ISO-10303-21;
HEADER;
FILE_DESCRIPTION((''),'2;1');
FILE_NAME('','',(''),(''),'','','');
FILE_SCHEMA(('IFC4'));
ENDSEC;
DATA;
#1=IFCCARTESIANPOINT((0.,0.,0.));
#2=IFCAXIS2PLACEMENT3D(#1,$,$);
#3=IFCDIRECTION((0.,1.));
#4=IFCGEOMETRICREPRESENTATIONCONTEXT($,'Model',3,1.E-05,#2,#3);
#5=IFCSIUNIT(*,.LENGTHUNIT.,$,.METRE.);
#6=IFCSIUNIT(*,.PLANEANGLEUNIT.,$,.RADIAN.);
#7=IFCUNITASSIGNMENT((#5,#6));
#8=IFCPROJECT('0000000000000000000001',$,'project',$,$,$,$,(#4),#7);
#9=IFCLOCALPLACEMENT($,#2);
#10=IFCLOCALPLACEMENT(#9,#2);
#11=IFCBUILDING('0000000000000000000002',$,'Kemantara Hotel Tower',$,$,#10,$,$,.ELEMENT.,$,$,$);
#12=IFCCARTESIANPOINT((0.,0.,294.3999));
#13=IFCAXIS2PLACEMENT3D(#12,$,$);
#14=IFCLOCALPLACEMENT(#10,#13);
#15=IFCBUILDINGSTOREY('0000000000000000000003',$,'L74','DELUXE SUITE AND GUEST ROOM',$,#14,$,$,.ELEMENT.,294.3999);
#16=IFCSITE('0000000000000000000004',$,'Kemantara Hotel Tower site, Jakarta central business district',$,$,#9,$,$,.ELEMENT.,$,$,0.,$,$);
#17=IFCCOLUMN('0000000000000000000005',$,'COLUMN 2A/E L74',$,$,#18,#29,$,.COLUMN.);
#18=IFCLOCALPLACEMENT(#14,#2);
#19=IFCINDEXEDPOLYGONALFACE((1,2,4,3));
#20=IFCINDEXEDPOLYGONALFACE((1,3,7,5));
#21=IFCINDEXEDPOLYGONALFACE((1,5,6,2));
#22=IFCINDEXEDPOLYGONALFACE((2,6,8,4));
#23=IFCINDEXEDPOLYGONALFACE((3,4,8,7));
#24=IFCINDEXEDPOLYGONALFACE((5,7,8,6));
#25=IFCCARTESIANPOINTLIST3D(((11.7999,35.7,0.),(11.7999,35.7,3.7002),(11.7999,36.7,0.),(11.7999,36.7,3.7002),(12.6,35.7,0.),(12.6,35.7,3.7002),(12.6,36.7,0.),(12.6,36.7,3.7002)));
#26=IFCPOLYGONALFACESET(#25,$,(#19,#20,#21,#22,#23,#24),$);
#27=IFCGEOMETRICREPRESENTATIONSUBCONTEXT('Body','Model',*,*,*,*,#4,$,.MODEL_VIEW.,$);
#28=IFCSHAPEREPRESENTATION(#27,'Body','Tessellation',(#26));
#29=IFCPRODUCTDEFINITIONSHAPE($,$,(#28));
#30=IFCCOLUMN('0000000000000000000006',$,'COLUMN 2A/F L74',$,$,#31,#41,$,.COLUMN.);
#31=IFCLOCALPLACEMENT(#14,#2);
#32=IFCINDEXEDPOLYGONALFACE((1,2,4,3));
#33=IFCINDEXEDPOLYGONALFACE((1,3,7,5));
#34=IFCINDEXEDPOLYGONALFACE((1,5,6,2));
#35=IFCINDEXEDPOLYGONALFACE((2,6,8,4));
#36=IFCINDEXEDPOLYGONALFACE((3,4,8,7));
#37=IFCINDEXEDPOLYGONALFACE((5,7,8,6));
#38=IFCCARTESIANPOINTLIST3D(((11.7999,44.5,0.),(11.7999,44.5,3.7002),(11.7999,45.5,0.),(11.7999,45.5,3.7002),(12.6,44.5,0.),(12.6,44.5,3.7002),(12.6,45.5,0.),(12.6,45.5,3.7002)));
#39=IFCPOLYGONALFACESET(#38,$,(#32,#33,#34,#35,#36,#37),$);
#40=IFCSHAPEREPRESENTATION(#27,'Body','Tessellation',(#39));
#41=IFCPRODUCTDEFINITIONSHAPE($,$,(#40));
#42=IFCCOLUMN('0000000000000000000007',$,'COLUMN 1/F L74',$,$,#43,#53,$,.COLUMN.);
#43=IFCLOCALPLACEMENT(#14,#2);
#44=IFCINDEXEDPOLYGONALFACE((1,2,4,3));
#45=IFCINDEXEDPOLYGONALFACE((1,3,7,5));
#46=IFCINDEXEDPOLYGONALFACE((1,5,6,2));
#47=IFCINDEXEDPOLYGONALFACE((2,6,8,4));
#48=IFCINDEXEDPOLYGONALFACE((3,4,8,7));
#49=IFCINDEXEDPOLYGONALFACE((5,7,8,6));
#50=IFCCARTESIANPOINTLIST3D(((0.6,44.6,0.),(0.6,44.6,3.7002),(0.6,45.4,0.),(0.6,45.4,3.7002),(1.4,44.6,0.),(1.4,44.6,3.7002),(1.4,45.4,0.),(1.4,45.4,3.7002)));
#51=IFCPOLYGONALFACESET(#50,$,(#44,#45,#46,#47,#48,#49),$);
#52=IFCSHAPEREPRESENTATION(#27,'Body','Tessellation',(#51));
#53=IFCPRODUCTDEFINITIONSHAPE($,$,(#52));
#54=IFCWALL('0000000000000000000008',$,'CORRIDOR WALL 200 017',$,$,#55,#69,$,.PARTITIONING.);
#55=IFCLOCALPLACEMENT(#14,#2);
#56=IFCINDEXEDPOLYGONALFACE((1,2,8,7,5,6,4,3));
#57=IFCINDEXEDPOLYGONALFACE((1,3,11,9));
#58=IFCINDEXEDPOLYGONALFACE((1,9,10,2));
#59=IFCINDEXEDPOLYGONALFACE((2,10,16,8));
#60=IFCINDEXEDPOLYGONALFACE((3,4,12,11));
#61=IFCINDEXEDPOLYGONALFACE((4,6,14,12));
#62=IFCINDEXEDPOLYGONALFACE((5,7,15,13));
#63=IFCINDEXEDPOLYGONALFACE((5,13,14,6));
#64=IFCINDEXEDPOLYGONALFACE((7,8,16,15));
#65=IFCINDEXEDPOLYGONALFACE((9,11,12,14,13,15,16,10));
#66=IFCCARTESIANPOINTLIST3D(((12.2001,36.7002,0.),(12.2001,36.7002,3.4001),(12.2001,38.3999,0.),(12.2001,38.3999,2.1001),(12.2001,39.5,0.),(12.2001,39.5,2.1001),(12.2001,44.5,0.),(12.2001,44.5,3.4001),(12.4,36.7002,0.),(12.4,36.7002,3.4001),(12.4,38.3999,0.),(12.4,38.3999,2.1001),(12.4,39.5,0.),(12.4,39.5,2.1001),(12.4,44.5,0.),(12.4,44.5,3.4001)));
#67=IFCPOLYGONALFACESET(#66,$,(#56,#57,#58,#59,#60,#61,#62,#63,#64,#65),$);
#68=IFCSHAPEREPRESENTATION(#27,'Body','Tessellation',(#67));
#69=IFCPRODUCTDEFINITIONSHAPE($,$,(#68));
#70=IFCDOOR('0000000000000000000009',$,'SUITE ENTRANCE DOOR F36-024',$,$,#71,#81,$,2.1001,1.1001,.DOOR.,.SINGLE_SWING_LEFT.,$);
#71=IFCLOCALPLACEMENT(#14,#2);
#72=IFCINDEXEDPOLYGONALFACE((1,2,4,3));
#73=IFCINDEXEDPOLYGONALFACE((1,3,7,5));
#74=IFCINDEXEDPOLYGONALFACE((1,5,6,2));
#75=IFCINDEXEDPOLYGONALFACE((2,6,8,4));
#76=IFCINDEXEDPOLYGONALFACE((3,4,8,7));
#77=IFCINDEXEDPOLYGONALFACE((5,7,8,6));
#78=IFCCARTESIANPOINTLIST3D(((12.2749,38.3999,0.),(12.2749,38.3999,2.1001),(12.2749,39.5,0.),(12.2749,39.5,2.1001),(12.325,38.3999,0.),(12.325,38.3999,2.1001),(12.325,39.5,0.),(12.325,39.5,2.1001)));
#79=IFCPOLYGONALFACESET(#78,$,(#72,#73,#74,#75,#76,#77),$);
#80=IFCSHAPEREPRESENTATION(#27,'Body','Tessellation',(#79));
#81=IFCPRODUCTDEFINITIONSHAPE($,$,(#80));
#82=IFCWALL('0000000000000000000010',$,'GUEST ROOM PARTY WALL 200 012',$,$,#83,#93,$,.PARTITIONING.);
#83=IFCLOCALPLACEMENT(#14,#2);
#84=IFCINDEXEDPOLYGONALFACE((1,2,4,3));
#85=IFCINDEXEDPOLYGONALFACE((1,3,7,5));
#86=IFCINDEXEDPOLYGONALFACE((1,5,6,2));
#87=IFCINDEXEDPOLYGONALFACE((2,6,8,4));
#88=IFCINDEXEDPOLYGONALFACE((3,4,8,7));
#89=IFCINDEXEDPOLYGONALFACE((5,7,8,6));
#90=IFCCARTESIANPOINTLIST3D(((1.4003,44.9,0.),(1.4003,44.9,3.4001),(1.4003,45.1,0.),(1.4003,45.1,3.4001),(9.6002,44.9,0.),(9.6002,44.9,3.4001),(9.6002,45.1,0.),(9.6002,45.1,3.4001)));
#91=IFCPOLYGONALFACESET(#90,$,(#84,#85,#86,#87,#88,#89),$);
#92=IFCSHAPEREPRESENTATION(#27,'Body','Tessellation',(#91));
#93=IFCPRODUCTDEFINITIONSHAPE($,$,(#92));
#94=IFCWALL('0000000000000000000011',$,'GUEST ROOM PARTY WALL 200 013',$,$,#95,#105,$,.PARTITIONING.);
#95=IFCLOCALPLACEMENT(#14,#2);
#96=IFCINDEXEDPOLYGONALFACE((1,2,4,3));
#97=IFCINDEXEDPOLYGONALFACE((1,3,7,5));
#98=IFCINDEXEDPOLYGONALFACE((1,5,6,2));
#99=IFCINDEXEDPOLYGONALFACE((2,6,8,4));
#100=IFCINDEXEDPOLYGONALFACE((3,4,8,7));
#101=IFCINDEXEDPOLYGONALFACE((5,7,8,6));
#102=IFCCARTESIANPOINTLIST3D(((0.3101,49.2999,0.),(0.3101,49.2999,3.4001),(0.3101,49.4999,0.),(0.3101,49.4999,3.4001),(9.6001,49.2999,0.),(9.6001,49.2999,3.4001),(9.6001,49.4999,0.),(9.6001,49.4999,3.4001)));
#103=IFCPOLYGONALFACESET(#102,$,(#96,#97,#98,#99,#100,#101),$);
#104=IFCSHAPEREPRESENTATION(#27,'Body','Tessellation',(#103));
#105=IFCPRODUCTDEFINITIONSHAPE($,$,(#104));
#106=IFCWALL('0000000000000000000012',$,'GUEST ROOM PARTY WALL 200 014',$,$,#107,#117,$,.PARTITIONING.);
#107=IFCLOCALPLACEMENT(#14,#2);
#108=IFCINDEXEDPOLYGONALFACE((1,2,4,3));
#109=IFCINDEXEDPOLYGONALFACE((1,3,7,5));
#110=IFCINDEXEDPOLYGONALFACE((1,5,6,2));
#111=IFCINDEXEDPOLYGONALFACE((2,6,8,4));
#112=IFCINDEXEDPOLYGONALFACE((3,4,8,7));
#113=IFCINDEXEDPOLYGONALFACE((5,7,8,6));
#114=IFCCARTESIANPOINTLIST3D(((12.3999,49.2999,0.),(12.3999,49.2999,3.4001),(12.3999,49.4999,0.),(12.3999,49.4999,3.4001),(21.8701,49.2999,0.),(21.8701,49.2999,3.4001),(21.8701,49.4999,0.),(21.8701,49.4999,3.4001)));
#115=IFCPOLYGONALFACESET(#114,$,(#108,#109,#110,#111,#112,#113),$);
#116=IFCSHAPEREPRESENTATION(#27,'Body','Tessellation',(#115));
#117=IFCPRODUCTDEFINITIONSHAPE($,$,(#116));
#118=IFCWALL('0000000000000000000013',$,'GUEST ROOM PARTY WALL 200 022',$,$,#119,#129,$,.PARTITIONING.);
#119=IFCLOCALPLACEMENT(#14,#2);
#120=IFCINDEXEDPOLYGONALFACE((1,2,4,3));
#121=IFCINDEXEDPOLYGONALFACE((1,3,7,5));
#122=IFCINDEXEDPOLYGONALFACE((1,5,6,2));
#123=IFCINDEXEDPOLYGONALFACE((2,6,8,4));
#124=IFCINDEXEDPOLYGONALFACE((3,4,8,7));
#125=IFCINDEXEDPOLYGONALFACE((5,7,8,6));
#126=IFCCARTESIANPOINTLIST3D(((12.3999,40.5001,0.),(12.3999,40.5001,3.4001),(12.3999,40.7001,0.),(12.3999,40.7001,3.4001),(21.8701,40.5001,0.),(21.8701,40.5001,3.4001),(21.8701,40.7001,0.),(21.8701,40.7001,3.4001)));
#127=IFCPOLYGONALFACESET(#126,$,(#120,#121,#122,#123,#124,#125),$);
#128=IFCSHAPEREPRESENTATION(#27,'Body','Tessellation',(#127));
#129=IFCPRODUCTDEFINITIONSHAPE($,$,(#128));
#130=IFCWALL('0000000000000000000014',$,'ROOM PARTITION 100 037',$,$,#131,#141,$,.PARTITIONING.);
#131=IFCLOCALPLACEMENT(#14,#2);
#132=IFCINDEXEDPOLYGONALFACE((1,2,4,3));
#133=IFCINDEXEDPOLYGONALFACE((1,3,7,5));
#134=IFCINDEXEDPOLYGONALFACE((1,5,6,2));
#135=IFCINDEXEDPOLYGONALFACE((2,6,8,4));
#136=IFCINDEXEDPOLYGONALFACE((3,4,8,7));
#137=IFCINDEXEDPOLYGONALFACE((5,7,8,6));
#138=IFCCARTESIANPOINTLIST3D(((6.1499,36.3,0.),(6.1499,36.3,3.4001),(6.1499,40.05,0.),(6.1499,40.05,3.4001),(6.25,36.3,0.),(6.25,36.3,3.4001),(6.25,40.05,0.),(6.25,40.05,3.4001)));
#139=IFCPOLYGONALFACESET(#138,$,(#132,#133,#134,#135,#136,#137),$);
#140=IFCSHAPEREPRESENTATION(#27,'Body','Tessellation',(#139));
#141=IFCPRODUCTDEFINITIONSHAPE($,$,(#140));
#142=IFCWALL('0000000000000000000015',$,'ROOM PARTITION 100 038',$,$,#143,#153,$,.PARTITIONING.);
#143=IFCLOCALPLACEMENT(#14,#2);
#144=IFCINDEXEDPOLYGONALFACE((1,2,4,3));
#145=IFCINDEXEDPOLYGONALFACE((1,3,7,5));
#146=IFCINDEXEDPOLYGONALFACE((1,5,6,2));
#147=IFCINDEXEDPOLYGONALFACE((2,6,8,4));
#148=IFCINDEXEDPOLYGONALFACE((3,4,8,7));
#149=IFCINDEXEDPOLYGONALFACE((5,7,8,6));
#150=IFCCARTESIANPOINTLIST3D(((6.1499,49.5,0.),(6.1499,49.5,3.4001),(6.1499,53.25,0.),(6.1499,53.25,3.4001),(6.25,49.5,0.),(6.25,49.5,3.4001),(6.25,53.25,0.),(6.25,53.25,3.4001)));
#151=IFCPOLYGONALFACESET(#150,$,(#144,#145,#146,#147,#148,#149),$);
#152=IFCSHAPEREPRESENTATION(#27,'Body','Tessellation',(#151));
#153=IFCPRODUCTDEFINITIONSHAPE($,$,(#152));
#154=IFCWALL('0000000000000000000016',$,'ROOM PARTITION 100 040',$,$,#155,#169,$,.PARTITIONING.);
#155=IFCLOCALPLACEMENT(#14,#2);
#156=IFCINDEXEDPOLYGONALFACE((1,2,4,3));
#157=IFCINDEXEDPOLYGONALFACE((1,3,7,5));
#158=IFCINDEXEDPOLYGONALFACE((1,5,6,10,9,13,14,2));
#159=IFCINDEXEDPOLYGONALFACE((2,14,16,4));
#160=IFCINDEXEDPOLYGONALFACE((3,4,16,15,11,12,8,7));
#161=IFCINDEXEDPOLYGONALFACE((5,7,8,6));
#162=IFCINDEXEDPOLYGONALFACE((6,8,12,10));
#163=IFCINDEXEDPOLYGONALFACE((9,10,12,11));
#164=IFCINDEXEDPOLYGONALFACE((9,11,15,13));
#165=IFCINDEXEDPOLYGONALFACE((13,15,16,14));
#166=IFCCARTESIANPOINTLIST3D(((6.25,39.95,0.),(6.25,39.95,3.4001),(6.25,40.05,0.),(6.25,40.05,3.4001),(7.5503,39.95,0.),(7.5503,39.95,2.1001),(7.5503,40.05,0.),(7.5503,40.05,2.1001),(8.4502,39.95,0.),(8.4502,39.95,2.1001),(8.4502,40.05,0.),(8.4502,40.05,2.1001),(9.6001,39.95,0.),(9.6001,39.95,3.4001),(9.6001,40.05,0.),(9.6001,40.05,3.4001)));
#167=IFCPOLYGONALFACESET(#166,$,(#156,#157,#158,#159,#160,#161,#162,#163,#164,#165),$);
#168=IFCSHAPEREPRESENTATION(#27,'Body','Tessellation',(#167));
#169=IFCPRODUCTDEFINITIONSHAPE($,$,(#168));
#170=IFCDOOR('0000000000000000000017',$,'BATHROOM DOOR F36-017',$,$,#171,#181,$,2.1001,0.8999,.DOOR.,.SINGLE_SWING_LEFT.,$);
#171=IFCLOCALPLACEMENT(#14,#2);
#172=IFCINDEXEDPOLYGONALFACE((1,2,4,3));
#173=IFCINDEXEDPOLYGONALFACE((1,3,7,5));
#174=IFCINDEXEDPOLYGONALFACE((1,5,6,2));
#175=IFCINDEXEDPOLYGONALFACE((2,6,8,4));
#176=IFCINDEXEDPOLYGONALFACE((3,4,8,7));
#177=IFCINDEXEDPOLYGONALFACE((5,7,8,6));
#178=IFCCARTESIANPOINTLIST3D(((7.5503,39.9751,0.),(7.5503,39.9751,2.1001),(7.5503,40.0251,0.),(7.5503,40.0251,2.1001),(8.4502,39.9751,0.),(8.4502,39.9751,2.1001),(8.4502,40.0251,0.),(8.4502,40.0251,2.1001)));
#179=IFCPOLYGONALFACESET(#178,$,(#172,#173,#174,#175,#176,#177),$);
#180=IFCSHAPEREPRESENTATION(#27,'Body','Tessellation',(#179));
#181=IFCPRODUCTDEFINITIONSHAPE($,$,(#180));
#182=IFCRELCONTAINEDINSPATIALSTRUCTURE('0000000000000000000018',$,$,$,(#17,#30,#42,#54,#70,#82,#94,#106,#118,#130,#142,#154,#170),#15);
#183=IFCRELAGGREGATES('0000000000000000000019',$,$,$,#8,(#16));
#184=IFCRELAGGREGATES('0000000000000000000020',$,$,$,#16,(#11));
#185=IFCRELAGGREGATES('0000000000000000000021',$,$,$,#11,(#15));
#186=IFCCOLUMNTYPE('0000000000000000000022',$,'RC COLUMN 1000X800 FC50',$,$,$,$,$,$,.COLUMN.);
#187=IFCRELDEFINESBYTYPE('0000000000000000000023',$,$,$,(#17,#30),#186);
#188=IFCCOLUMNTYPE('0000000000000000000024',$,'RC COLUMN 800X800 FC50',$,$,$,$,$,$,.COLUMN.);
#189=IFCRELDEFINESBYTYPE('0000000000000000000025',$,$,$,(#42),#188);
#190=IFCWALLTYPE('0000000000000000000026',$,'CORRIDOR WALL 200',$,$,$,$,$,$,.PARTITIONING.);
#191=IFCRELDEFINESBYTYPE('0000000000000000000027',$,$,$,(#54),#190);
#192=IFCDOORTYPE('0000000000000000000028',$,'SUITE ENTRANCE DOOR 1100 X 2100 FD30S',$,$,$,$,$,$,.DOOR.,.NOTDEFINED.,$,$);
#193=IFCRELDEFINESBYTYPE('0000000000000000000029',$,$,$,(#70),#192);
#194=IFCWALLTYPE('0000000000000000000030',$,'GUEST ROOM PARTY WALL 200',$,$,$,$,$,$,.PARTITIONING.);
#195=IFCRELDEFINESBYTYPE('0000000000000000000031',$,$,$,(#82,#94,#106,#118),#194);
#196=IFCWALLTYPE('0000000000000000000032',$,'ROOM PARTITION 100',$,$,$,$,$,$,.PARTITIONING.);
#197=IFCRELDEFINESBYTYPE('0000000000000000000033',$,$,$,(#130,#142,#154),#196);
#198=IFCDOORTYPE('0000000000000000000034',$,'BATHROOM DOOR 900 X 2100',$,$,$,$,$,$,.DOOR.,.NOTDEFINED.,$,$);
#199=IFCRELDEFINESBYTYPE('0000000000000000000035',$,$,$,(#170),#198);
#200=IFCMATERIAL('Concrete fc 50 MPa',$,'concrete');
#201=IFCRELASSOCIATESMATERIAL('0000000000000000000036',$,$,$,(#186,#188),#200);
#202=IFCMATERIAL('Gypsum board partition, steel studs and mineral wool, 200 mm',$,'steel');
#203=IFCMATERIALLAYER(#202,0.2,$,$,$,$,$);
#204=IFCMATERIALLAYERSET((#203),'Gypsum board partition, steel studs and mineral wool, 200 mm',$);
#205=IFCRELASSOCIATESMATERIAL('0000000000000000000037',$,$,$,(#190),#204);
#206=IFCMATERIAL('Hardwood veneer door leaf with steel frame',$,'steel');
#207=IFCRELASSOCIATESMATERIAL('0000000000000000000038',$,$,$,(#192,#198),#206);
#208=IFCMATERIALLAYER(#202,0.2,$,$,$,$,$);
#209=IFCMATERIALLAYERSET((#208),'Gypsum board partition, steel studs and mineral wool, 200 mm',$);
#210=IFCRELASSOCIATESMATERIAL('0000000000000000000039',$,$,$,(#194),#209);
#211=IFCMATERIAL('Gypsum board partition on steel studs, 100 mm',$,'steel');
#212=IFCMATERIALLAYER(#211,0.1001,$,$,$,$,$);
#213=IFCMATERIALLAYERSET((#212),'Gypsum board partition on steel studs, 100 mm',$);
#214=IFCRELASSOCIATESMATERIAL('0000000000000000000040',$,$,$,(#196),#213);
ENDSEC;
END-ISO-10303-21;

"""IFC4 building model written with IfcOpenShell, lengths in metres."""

from ifc_helpers import new_model, si_unit, direction, frame, frame_2d, origin, origin_2d, place, context, subcontext, project, spatial, rectangle, extrude, material, layer, layer_set, material_profile, profile_set, type_object, element, fill, save


model = new_model("IFC4")

# Units and contexts
model_context = context("Model", 3, precision=1e-05, world=origin(), true_north=direction((0.0, 1.0)))
body_context = subcontext(model_context, "Body", "Model", "MODEL_VIEW")
ifc_project = project(units=[si_unit("LENGTHUNIT", "METRE"), si_unit("PLANEANGLEUNIT", "RADIAN")], contexts=[model_context])

# Site, building, storey
site_placement = place(None, origin())
site = spatial("IfcSite", under=ifc_project, at=site_placement, Name="Kemantara Hotel Tower site, Jakarta central business district", CompositionType="ELEMENT", RefElevation=0.0)
building_placement = place(site_placement, origin())
building = spatial("IfcBuilding", under=site, at=building_placement, Name="Kemantara Hotel Tower", CompositionType="ELEMENT")
storey_placement = place(building_placement, frame((0.0, 0.0, 294.3999)))
storey = spatial("IfcBuildingStorey", under=building, at=storey_placement, Name="L74", Description="DELUXE SUITE AND GUEST ROOM", CompositionType="ELEMENT", Elevation=294.3999)

# Columns
ifc_material_1 = material(Name="Concrete fc 50 MPa", Category="concrete")
ifc_material_profile_1 = material_profile(ifc_material_1, rectangle(XDim=1.0, YDim=0.8, at=origin_2d()), Name="RC 1000X800")
ifc_profile_set_1 = profile_set([ifc_material_profile_1], Name="Concrete fc 50 MPa")
column_type_1 = type_object("IfcColumnType", Name="RC COLUMN 1000X800 FC50", PredefinedType="COLUMN", material=ifc_profile_set_1)
for number, where, z_axis, x_axis, name in (
    (1, (12.2, 36.2, 0.0), (0.0, 0.0, 1.0), (0.0, 1.0, 0.0), "COLUMN 2A/E L74"),
    (2, (12.2, 45.0, 0.0), (0.0, 0.0, 1.0), (0.0, 1.0, 0.0), "COLUMN 2A/F L74"),
):
    element("IfcColumn", number, at=place(storey_placement, frame(where, z_axis=z_axis, x_axis=x_axis)), inside=storey, type_object=column_type_1, Name=name, PredefinedType="COLUMN", context=body_context, shape_type="SweptSolid", body=[
        extrude(rectangle(XDim=1.0, YDim=0.8, at=origin_2d()), origin(), (0.0, 0.0, 1.0), 3.7002),
    ])
ifc_material_profile_2 = material_profile(ifc_material_1, rectangle(XDim=0.8, YDim=0.8, at=origin_2d()), Name="RC 800X800")
ifc_profile_set_2 = profile_set([ifc_material_profile_2], Name="Concrete fc 50 MPa")
column_type_2 = type_object("IfcColumnType", Name="RC COLUMN 800X800 FC50", PredefinedType="COLUMN", material=ifc_profile_set_2)
column_placement = place(storey_placement, frame((1.0, 45.0, 0.0), z_axis=(0.0, 0.0, 1.0), x_axis=(1.0, 0.0, 0.0)))
element("IfcColumn", 3, at=column_placement, inside=storey, type_object=column_type_2, Name="COLUMN 1/F L74", PredefinedType="COLUMN", context=body_context, shape_type="SweptSolid", body=[
    extrude(rectangle(XDim=0.8, YDim=0.8, at=origin_2d()), origin(), (0.0, 0.0, 1.0), 3.7002),
])

# Wall, opening, door
ifc_material_2 = material(Name="Gypsum board partition, steel studs and mineral wool, 200 mm", Category="steel")
ifc_layer_1 = layer(ifc_material_2, 0.2)
ifc_layer_set_1 = layer_set([ifc_layer_1], Name="Gypsum board partition, steel studs and mineral wool, 200 mm")
wall_type_1 = type_object("IfcWallType", Name="CORRIDOR WALL 200", PredefinedType="PARTITIONING", material=ifc_layer_set_1)
wall_1_placement = place(storey_placement, frame((12.3, 44.5, 0.0), z_axis=(0.0, 0.0, 1.0), x_axis=(0.0, -1.0, 0.0)))
wall_1 = element("IfcWall", 4, at=wall_1_placement, inside=storey, type_object=wall_type_1, Name="CORRIDOR WALL 200 017", PredefinedType="PARTITIONING", context=body_context, shape_type="SweptSolid", body=[
    extrude(rectangle(XDim=7.7998, YDim=0.2, at=frame_2d((3.8999, 0.0))), origin(), (0.0, 0.0, 1.0), 3.4001),
])
opening_1_placement = place(wall_1_placement, frame((5.0, 0.0, 0.0)))
opening_1 = element("IfcOpeningElement", 5, at=opening_1_placement, cuts=wall_1, PredefinedType="OPENING", context=body_context, shape_type="SweptSolid", body=[
    extrude(rectangle(XDim=1.1001, YDim=2.1001, at=frame_2d((0.55, 1.05))), frame((0.0, 0.1099, 0.0), z_axis=(0.0, -1.0, 0.0), x_axis=(1.0, 0.0, 0.0)), (0.0, 0.0, 1.0), 0.22),
])
ifc_material_3 = material(Name="Hardwood veneer door leaf with steel frame", Category="steel")
door_type_1 = type_object("IfcDoorType", Name="SUITE ENTRANCE DOOR 1100 X 2100 FD30S", OperationType="NOTDEFINED", PredefinedType="DOOR", material=ifc_material_3)
door_1_placement = place(opening_1_placement, origin())
door_1 = element("IfcDoor", 6, at=door_1_placement, inside=storey, type_object=door_type_1, Name="SUITE ENTRANCE DOOR F36-024", OperationType="SINGLE_SWING_LEFT", OverallHeight=2.1001, OverallWidth=1.1001, PredefinedType="DOOR", context=body_context, shape_type="SweptSolid", body=[
    extrude(rectangle(XDim=1.1001, YDim=2.1001, at=frame_2d((0.55, 1.05))), frame((0.0, 0.0249, 0.0), z_axis=(0.0, -1.0, 0.0), x_axis=(1.0, 0.0, 0.0)), (0.0, 0.0, 1.0), 0.05),
])
fill(opening_1, door_1)

# Walls
ifc_layer_2 = layer(ifc_material_2, 0.2)
ifc_layer_set_2 = layer_set([ifc_layer_2], Name="Gypsum board partition, steel studs and mineral wool, 200 mm")
wall_type_2 = type_object("IfcWallType", Name="GUEST ROOM PARTY WALL 200", PredefinedType="PARTITIONING", material=ifc_layer_set_2)
wall_2_placement = place(storey_placement, frame((1.4001, 45.0, 0.0), z_axis=(0.0, 0.0, 1.0), x_axis=(1.0, 0.0, 0.0)))
element("IfcWall", 7, at=wall_2_placement, inside=storey, type_object=wall_type_2, Name="GUEST ROOM PARTY WALL 200 012", PredefinedType="PARTITIONING", context=body_context, shape_type="SweptSolid", body=[
    extrude(rectangle(XDim=8.2, YDim=0.2, at=frame_2d((4.1001, 0.0))), origin(), (0.0, 0.0, 1.0), 3.4001),
])
wall_3_placement = place(storey_placement, frame((0.3101, 49.3999, 0.0), z_axis=(0.0, 0.0, 1.0), x_axis=(1.0, 0.0, 0.0)))
element("IfcWall", 8, at=wall_3_placement, inside=storey, type_object=wall_type_2, Name="GUEST ROOM PARTY WALL 200 013", PredefinedType="PARTITIONING", context=body_context, shape_type="SweptSolid", body=[
    extrude(rectangle(XDim=9.29, YDim=0.2, at=frame_2d((4.645, 0.0))), origin(), (0.0, 0.0, 1.0), 3.4001),
])
for number, where, z_axis, x_axis, name in (
    (9, (12.3999, 49.3999, 0.0), (0.0, 0.0, 1.0), (1.0, 0.0, 0.0), "GUEST ROOM PARTY WALL 200 014"),
    (10, (12.3999, 40.6001, 0.0), (0.0, 0.0, 1.0), (1.0, 0.0, 0.0), "GUEST ROOM PARTY WALL 200 022"),
):
    element("IfcWall", number, at=place(storey_placement, frame(where, z_axis=z_axis, x_axis=x_axis)), inside=storey, type_object=wall_type_2, Name=name, PredefinedType="PARTITIONING", context=body_context, shape_type="SweptSolid", body=[
        extrude(rectangle(XDim=9.4702, YDim=0.2, at=frame_2d((4.7351, 0.0))), origin(), (0.0, 0.0, 1.0), 3.4001),
    ])
ifc_material_4 = material(Name="Gypsum board partition on steel studs, 100 mm", Category="steel")
ifc_layer_3 = layer(ifc_material_4, 0.1001)
ifc_layer_set_3 = layer_set([ifc_layer_3], Name="Gypsum board partition on steel studs, 100 mm")
wall_type_3 = type_object("IfcWallType", Name="ROOM PARTITION 100", PredefinedType="PARTITIONING", material=ifc_layer_set_3)
for number, where, z_axis, x_axis, name in (
    (11, (6.2, 36.3, 0.0), (0.0, 0.0, 1.0), (0.0, 1.0, 0.0), "ROOM PARTITION 100 037"),
    (12, (6.2, 49.5, 0.0), (0.0, 0.0, 1.0), (0.0, 1.0, 0.0), "ROOM PARTITION 100 038"),
):
    element("IfcWall", number, at=place(storey_placement, frame(where, z_axis=z_axis, x_axis=x_axis)), inside=storey, type_object=wall_type_3, Name=name, PredefinedType="PARTITIONING", context=body_context, shape_type="SweptSolid", body=[
        extrude(rectangle(XDim=3.75, YDim=0.1001, at=frame_2d((1.875, 0.0))), origin(), (0.0, 0.0, 1.0), 3.4001),
    ])

# Wall, opening, door
wall_4_placement = place(storey_placement, frame((9.6001, 40.0, 0.0), z_axis=(0.0, 0.0, 1.0), x_axis=(-1.0, 0.0, 0.0)))
wall_4 = element("IfcWall", 13, at=wall_4_placement, inside=storey, type_object=wall_type_3, Name="ROOM PARTITION 100 040", PredefinedType="PARTITIONING", context=body_context, shape_type="SweptSolid", body=[
    extrude(rectangle(XDim=3.3501, YDim=0.1001, at=frame_2d((1.675, 0.0))), origin(), (0.0, 0.0, 1.0), 3.4001),
])
opening_2_placement = place(wall_4_placement, frame((1.1499, 0.0, 0.0)))
opening_2 = element("IfcOpeningElement", 14, at=opening_2_placement, cuts=wall_4, PredefinedType="OPENING", context=body_context, shape_type="SweptSolid", body=[
    extrude(rectangle(XDim=0.8999, YDim=2.1001, at=frame_2d((0.45, 1.05))), frame((0.0, 0.0601, 0.0), z_axis=(0.0, -1.0, 0.0), x_axis=(1.0, 0.0, 0.0)), (0.0, 0.0, 1.0), 0.1201),
])
door_type_2 = type_object("IfcDoorType", Name="BATHROOM DOOR 900 X 2100", OperationType="NOTDEFINED", PredefinedType="DOOR", material=ifc_material_3)
door_2_placement = place(opening_2_placement, origin())
door_2 = element("IfcDoor", 15, at=door_2_placement, inside=storey, type_object=door_type_2, Name="BATHROOM DOOR F36-017", OperationType="SINGLE_SWING_LEFT", OverallHeight=2.1001, OverallWidth=0.8999, PredefinedType="DOOR", context=body_context, shape_type="SweptSolid", body=[
    extrude(rectangle(XDim=0.8999, YDim=2.1001, at=frame_2d((0.45, 1.05))), frame((0.0, 0.0249, 0.0), z_axis=(0.0, -1.0, 0.0), x_axis=(1.0, 0.0, 0.0)), (0.0, 0.0, 1.0), 0.05),
])
fill(opening_2, door_2)

save(model, "model.ifc")
